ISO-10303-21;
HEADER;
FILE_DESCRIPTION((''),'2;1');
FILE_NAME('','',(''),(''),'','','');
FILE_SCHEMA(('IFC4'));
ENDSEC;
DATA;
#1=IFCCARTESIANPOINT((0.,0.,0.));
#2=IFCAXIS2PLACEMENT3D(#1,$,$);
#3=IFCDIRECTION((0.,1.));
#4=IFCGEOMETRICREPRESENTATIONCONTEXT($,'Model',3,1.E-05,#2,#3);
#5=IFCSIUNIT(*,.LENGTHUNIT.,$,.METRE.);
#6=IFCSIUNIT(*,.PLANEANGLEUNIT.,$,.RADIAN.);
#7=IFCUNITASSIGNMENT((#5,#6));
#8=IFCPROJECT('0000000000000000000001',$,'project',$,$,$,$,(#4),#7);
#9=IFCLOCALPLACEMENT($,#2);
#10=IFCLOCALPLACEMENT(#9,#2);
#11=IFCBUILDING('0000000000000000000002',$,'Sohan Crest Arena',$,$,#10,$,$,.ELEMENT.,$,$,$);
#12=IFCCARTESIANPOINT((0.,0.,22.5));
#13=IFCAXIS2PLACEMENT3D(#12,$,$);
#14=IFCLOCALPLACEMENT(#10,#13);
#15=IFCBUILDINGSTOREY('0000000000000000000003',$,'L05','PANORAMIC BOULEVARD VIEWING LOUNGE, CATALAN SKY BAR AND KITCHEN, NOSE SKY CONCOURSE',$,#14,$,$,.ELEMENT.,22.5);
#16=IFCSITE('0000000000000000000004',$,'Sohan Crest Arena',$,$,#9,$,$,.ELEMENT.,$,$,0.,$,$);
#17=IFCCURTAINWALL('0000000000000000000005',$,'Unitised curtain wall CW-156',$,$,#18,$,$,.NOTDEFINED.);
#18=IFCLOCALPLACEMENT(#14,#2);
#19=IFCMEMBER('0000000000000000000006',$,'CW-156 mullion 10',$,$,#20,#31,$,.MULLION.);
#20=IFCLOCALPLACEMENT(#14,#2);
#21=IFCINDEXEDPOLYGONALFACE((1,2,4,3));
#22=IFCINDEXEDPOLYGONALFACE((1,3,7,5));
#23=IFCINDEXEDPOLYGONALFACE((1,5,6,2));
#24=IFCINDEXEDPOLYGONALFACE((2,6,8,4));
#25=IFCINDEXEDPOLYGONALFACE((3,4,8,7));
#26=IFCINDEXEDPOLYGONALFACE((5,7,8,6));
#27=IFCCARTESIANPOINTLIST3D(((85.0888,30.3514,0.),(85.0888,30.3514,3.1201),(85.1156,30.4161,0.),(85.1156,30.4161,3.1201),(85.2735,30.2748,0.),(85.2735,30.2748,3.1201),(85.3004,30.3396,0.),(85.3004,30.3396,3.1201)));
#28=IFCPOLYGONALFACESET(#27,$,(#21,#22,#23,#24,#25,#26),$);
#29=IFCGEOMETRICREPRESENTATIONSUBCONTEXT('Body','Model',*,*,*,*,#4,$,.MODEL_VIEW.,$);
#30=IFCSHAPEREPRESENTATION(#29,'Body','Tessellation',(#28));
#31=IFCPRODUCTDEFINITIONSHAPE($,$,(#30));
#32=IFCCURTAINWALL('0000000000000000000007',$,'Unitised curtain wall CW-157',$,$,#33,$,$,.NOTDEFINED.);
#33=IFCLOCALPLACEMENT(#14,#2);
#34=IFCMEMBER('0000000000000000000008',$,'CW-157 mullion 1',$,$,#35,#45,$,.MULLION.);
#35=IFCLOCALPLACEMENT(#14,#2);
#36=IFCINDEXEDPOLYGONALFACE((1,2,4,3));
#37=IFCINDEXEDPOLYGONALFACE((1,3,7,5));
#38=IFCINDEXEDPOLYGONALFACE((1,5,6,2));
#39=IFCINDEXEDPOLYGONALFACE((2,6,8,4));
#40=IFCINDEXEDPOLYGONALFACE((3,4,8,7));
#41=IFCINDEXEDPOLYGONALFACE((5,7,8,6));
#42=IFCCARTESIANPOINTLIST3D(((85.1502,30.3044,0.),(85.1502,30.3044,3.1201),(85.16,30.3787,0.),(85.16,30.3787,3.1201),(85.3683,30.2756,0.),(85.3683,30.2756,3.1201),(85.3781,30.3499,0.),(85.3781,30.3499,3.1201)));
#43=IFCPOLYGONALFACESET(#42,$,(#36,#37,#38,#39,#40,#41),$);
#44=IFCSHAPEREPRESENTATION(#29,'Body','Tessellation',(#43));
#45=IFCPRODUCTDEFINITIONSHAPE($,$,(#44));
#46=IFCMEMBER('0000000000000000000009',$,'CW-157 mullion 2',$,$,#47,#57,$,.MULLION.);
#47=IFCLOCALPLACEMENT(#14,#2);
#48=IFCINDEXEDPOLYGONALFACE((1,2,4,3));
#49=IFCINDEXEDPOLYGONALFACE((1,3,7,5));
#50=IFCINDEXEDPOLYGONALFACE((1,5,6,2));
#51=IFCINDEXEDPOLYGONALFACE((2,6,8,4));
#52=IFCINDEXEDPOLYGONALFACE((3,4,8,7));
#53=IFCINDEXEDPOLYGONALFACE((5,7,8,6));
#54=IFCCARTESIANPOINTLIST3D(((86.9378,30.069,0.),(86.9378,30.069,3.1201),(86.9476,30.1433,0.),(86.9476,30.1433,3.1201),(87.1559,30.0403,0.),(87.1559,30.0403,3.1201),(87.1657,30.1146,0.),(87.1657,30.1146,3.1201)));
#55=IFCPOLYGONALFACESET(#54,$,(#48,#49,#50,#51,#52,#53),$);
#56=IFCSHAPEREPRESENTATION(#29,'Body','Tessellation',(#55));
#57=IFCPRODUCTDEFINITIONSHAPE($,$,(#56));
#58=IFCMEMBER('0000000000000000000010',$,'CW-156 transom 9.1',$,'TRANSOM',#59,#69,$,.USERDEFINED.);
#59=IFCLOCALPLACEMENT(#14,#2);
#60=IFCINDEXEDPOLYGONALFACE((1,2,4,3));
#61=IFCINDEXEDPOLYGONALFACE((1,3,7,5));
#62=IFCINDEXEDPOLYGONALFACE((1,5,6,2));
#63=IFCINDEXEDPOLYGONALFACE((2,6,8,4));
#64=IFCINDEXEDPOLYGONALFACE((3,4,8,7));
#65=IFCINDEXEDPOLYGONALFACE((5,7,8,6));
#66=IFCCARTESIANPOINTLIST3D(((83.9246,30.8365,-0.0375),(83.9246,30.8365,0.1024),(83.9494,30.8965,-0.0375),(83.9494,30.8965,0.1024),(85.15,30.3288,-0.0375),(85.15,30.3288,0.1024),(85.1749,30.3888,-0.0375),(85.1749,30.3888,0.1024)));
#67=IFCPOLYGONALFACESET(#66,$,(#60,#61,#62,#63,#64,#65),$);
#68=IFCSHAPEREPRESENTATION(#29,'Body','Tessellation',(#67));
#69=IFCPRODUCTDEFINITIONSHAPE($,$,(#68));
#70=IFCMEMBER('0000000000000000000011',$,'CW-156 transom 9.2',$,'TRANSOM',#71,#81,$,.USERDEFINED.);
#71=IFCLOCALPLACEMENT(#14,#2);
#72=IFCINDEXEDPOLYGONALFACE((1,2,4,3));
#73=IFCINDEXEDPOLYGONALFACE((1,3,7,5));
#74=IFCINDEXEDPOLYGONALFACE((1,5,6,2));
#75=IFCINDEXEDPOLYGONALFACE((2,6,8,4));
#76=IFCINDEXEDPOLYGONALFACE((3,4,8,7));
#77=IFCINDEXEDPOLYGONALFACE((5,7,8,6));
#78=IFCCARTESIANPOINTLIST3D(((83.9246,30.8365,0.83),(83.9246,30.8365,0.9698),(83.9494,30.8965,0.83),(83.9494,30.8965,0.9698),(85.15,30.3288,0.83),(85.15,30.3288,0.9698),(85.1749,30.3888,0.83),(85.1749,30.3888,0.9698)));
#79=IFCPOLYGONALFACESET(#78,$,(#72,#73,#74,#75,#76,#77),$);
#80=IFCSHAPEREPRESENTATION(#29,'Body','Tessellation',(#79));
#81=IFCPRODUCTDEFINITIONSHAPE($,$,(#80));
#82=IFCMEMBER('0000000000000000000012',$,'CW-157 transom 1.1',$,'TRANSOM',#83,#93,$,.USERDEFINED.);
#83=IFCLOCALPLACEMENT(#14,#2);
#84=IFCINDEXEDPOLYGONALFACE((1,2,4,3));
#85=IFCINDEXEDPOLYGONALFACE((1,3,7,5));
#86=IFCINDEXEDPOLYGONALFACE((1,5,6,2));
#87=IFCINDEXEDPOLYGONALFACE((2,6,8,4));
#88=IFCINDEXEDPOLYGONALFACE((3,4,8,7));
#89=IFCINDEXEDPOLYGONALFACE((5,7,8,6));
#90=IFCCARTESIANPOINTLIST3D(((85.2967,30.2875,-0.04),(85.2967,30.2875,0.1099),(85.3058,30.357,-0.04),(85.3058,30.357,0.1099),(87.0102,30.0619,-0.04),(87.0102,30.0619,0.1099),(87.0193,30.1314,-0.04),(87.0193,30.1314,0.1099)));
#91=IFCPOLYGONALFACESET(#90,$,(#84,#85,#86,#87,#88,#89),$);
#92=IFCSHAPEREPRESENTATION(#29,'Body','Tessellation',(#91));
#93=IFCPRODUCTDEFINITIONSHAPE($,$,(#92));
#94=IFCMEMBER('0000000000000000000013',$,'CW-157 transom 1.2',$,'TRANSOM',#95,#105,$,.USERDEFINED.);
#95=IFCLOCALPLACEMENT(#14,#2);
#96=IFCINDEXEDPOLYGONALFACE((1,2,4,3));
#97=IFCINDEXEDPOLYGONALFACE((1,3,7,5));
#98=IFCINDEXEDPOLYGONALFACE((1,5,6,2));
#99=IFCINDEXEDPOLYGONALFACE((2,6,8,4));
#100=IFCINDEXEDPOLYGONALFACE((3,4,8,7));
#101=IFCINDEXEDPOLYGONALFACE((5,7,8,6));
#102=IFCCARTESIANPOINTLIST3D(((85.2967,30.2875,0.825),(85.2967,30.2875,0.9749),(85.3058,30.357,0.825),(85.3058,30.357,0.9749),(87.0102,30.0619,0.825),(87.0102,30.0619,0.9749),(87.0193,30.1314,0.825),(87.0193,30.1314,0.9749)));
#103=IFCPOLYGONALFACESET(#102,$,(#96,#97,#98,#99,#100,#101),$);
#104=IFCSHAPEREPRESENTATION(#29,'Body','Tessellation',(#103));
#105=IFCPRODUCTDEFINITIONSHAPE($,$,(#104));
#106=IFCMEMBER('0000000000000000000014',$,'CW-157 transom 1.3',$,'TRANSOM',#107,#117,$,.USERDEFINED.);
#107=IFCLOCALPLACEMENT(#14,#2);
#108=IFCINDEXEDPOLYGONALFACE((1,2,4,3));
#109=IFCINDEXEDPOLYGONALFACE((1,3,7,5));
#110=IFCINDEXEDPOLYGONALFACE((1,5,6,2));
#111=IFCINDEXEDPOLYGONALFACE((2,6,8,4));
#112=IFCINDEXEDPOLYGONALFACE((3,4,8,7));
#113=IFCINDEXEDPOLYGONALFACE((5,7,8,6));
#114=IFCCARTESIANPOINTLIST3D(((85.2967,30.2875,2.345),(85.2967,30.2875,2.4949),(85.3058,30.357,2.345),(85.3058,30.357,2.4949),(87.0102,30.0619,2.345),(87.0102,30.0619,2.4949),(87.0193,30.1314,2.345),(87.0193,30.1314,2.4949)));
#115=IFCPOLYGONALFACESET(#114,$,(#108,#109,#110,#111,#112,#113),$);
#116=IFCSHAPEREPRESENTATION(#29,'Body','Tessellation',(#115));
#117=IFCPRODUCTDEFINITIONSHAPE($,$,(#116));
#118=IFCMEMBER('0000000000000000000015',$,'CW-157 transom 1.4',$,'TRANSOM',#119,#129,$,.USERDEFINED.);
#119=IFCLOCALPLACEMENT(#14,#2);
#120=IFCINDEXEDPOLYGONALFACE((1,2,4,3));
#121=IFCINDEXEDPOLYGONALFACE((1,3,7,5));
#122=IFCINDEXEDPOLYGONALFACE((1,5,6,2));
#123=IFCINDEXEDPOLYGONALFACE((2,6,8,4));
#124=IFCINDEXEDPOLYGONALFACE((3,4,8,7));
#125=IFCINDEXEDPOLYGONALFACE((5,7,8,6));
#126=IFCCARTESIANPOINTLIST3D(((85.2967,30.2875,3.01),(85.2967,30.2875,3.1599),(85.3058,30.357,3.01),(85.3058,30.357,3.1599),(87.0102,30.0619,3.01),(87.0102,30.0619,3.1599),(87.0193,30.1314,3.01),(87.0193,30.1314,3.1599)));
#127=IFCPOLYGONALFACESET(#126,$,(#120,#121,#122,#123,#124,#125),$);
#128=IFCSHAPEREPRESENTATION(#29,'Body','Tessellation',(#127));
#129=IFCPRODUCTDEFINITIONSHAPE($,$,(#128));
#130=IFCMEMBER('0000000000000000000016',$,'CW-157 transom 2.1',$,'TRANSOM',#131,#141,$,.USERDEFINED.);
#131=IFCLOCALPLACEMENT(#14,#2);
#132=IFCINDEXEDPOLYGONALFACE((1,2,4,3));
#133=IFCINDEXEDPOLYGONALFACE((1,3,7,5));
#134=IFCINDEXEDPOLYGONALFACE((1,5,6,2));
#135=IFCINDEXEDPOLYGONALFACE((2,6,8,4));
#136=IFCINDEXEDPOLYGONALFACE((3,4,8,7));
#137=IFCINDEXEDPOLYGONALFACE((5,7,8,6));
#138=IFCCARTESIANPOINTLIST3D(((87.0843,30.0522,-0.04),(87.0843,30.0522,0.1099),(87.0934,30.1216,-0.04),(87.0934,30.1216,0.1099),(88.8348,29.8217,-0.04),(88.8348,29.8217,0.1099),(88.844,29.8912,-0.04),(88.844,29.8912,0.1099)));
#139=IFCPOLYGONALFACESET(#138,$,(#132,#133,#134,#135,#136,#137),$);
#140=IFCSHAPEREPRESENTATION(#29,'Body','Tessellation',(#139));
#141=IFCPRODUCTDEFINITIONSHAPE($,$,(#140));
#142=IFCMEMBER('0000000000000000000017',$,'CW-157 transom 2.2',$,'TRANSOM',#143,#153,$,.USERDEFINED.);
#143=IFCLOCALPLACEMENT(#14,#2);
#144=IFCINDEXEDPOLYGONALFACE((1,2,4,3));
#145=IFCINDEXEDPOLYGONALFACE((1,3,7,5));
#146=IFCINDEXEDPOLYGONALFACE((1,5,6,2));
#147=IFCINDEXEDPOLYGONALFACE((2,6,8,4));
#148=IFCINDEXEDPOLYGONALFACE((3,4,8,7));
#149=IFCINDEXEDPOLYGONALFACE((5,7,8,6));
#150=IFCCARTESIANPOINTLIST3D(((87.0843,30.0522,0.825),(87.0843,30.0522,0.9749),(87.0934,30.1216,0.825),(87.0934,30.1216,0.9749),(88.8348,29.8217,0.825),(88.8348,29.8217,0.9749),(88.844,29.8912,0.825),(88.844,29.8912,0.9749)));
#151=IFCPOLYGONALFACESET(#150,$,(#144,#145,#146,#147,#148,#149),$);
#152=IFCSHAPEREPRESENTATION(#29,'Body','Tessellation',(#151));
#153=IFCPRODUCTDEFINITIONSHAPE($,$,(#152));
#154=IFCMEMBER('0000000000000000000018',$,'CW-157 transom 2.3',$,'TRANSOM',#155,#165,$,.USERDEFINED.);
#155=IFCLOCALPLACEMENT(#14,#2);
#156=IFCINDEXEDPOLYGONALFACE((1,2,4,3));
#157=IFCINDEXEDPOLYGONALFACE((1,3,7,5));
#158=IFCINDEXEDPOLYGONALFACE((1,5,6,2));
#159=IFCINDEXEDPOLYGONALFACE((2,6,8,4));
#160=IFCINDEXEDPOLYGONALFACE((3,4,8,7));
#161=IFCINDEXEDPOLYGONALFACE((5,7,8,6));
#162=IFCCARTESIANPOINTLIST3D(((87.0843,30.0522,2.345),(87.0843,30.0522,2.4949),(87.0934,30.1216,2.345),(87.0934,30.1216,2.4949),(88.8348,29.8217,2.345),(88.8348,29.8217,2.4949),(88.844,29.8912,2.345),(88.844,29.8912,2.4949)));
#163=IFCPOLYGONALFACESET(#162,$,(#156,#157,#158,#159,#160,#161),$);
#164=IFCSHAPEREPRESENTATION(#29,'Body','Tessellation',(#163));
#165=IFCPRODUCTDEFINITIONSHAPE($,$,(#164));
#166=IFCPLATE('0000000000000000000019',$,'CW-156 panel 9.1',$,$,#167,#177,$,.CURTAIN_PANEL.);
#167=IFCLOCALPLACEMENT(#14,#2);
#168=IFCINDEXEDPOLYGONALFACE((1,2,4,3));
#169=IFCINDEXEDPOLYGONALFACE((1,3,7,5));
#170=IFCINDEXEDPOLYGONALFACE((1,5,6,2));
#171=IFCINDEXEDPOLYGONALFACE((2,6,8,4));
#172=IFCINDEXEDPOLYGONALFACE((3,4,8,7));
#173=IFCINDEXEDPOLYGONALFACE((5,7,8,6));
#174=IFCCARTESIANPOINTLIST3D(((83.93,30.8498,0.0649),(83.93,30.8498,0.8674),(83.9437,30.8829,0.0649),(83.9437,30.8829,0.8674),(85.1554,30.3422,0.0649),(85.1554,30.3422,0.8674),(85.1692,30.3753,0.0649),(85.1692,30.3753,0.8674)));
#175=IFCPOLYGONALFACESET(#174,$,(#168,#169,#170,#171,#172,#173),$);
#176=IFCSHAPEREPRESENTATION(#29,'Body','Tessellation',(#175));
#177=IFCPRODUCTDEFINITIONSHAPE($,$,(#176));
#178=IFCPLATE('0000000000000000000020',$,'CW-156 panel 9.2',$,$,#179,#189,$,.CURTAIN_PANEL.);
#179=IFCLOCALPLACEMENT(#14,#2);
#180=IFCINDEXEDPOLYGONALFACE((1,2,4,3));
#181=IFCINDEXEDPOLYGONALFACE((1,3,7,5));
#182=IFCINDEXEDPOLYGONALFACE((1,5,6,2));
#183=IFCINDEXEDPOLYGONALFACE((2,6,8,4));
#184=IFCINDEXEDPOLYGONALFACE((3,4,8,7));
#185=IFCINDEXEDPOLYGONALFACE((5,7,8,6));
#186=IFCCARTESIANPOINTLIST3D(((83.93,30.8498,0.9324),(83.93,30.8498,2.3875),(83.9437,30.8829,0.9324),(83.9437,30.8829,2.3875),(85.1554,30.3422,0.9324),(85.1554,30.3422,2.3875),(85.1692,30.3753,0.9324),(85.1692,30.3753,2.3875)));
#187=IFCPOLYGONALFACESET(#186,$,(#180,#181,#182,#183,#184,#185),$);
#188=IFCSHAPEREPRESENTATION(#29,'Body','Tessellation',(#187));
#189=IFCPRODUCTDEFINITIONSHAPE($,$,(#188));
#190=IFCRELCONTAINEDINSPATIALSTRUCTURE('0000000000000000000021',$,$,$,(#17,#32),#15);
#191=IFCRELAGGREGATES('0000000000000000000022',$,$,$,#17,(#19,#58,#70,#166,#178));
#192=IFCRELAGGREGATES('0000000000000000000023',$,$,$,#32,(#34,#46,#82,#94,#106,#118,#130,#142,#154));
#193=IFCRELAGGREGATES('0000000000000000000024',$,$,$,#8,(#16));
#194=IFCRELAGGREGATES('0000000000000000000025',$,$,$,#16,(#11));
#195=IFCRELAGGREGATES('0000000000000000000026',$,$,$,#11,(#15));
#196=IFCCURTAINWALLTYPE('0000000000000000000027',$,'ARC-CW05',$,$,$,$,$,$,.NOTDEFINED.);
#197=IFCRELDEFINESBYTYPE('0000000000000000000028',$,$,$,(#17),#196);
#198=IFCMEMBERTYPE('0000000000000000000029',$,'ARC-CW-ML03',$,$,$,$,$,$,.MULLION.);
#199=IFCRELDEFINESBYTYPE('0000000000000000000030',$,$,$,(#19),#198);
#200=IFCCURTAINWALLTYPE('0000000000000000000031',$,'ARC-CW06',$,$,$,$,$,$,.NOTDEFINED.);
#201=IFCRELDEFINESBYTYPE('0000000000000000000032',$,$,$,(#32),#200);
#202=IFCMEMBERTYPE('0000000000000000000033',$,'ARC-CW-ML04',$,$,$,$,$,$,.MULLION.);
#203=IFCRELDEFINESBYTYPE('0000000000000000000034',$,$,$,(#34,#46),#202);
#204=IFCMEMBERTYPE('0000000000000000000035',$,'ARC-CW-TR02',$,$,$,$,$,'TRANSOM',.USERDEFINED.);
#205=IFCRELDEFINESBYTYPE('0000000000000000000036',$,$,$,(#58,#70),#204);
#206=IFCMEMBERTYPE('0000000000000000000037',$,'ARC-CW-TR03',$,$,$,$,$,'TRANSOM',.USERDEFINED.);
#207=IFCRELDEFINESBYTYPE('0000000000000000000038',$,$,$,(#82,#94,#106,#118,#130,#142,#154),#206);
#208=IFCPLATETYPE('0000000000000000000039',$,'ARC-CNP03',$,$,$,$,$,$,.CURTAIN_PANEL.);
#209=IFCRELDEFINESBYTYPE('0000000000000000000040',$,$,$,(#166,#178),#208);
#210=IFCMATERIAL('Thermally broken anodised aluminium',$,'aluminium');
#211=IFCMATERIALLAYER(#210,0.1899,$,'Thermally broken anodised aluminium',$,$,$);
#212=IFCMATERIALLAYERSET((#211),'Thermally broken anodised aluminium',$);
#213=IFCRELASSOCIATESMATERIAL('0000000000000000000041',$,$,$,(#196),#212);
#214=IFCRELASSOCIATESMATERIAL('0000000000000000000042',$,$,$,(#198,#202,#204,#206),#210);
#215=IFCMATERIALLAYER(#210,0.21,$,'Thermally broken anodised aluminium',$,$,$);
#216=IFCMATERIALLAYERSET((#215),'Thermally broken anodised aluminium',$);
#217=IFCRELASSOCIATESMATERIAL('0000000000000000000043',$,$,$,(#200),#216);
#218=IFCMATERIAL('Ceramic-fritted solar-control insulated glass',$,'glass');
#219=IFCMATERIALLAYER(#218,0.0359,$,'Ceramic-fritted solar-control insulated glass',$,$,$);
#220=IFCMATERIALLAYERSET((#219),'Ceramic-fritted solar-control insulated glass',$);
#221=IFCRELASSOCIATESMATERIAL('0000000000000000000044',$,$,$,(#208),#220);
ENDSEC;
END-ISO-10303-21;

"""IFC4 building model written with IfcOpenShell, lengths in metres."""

from ifc_helpers import new_model, si_unit, direction, frame, origin, origin_2d, place, context, subcontext, project, spatial, rectangle, extrude, material, layer, layer_set, material_profile, profile_set, type_object, element, aggregate, save


model = new_model("IFC4")

# Units and contexts
model_context = context("Model", 3, precision=1e-05, world=origin(), true_north=direction((0.0, 1.0)))
body_context = subcontext(model_context, "Body", "Model", "MODEL_VIEW")
ifc_project = project(units=[si_unit("LENGTHUNIT", "METRE"), si_unit("PLANEANGLEUNIT", "RADIAN")], contexts=[model_context])

# Site, building, storey
site_placement = place(None, origin())
site = spatial("IfcSite", under=ifc_project, at=site_placement, Name="Sohan Crest Arena", CompositionType="ELEMENT", RefElevation=0.0)
building_placement = place(site_placement, origin())
building = spatial("IfcBuilding", under=site, at=building_placement, Name="Sohan Crest Arena", CompositionType="ELEMENT")
storey_placement = place(building_placement, frame((0.0, 0.0, 22.5)))
storey = spatial("IfcBuildingStorey", under=building, at=storey_placement, Name="L05", Description="PANORAMIC BOULEVARD VIEWING LOUNGE, CATALAN SKY BAR AND KITCHEN, NOSE SKY CONCOURSE", CompositionType="ELEMENT", Elevation=22.5)

# Curtain wall, member
ifc_material_1 = material(Name="Thermally broken anodised aluminium", Category="aluminium")
ifc_layer_1 = layer(ifc_material_1, 0.1899, Name="Thermally broken anodised aluminium")
ifc_layer_set_1 = layer_set([ifc_layer_1], Name="Thermally broken anodised aluminium")
curtain_wall_type_1 = type_object("IfcCurtainWallType", Name="ARC-CW05", PredefinedType="NOTDEFINED", material=ifc_layer_set_1)
curtain_wall_1_placement = place(storey_placement, origin())
curtain_wall_1 = element("IfcCurtainWall", 1, at=curtain_wall_1_placement, inside=storey, type_object=curtain_wall_type_1, Name="Unitised curtain wall CW-156", PredefinedType="NOTDEFINED")
ifc_material_profile_1 = material_profile(ifc_material_1, rectangle(XDim=0.0701, YDim=0.2, at=origin_2d()), Name="ALU-MULL 70x200")
ifc_profile_set_1 = profile_set([ifc_material_profile_1], Name="Thermally broken anodised aluminium")
member_type_1 = type_object("IfcMemberType", Name="ARC-CW-ML03", PredefinedType="MULLION", material=ifc_profile_set_1)
member_1_placement = place(storey_placement, frame((85.1946, 30.3455, 0.0), z_axis=(0.0, 0.0, 1.0), x_axis=(0.382685, 0.923879, 0.0)))
member_1 = element("IfcMember", 2, at=member_1_placement, type_object=member_type_1, Name="CW-156 mullion 10", PredefinedType="MULLION", context=body_context, shape_type="SweptSolid", body=[
    extrude(rectangle(XDim=0.0701, YDim=0.2, at=origin_2d()), origin(), (0.0, 0.0, 1.0), 3.1201),
])

# Curtain wall, members
ifc_layer_2 = layer(ifc_material_1, 0.21, Name="Thermally broken anodised aluminium")
ifc_layer_set_2 = layer_set([ifc_layer_2], Name="Thermally broken anodised aluminium")
curtain_wall_type_2 = type_object("IfcCurtainWallType", Name="ARC-CW06", PredefinedType="NOTDEFINED", material=ifc_layer_set_2)
curtain_wall_2_placement = place(storey_placement, origin())
curtain_wall_2 = element("IfcCurtainWall", 3, at=curtain_wall_2_placement, inside=storey, type_object=curtain_wall_type_2, Name="Unitised curtain wall CW-157", PredefinedType="NOTDEFINED")
ifc_material_profile_2 = material_profile(ifc_material_1, rectangle(XDim=0.075, YDim=0.22, at=origin_2d()), Name="ALU-MULL 75x220")
ifc_profile_set_2 = profile_set([ifc_material_profile_2], Name="Thermally broken anodised aluminium")
member_type_2 = type_object("IfcMemberType", Name="ARC-CW-ML04", PredefinedType="MULLION", material=ifc_profile_set_2)
member_2_placement = place(storey_placement, frame((85.2642, 30.3271, 0.0), z_axis=(0.0, 0.0, 1.0), x_axis=(0.130557, 0.991441, 0.0)))
member_2 = element("IfcMember", 4, at=member_2_placement, type_object=member_type_2, Name="CW-157 mullion 1", PredefinedType="MULLION", context=body_context, shape_type="SweptSolid", body=[
    extrude(rectangle(XDim=0.075, YDim=0.22, at=origin_2d()), origin(), (0.0, 0.0, 1.0), 3.1201),
])
member_3_placement = place(storey_placement, frame((87.0518, 30.0918, 0.0), z_axis=(0.0, 0.0, 1.0), x_axis=(0.130557, 0.991441, 0.0)))
member_3 = element("IfcMember", 5, at=member_3_placement, type_object=member_type_2, Name="CW-157 mullion 2", PredefinedType="MULLION", context=body_context, shape_type="SweptSolid", body=[
    extrude(rectangle(XDim=0.075, YDim=0.22, at=origin_2d()), origin(), (0.0, 0.0, 1.0), 3.1201),
])

# Members
ifc_material_profile_3 = material_profile(ifc_material_1, rectangle(XDim=0.0649, YDim=0.1399, at=origin_2d()), Name="ALU-TRAN 65x140")
ifc_profile_set_3 = profile_set([ifc_material_profile_3], Name="Thermally broken anodised aluminium")
member_type_3 = type_object("IfcMemberType", Name="ARC-CW-TR02", ElementType="TRANSOM", PredefinedType="USERDEFINED", material=ifc_profile_set_3)
member_4_placement = place(storey_placement, frame((83.937, 30.8665, 0.0325), z_axis=(0.923875, -0.382693, 0.0), x_axis=(0.382693, 0.923875, 0.0)))
member_4 = element("IfcMember", 6, at=member_4_placement, type_object=member_type_3, Name="CW-156 transom 9.1", ObjectType="TRANSOM", PredefinedType="USERDEFINED", context=body_context, shape_type="SweptSolid", body=[
    extrude(rectangle(XDim=0.0649, YDim=0.1399, at=origin_2d()), origin(), (0.0, 0.0, 1.0), 1.3264),
])
member_5_placement = place(storey_placement, frame((83.937, 30.8665, 0.8999), z_axis=(0.923875, -0.382693, 0.0), x_axis=(0.382693, 0.923875, 0.0)))
member_5 = element("IfcMember", 7, at=member_5_placement, type_object=member_type_3, Name="CW-156 transom 9.2", ObjectType="TRANSOM", PredefinedType="USERDEFINED", context=body_context, shape_type="SweptSolid", body=[
    extrude(rectangle(XDim=0.0649, YDim=0.1399, at=origin_2d()), origin(), (0.0, 0.0, 1.0), 1.3264),
])
ifc_material_profile_4 = material_profile(ifc_material_1, rectangle(XDim=0.0701, YDim=0.1499, at=origin_2d()), Name="ALU-TRAN 70x150")
ifc_profile_set_4 = profile_set([ifc_material_profile_4], Name="Thermally broken anodised aluminium")
member_type_4 = type_object("IfcMemberType", Name="ARC-CW-TR03", ElementType="TRANSOM", PredefinedType="USERDEFINED", material=ifc_profile_set_4)
member_6_placement = place(storey_placement, frame((85.3013, 30.3223, 0.0349), z_axis=(0.991444, -0.130535, 0.0), x_axis=(0.130535, 0.991444, 0.0)))
member_6 = element("IfcMember", 8, at=member_6_placement, type_object=member_type_4, Name="CW-157 transom 1.1", ObjectType="TRANSOM", PredefinedType="USERDEFINED", context=body_context, shape_type="SweptSolid", body=[
    extrude(rectangle(XDim=0.0701, YDim=0.1499, at=origin_2d()), origin(), (0.0, 0.0, 1.0), 1.7283),
])
member_7_placement = place(storey_placement, frame((85.3013, 30.3223, 0.8999), z_axis=(0.991444, -0.130535, 0.0), x_axis=(0.130535, 0.991444, 0.0)))
member_7 = element("IfcMember", 9, at=member_7_placement, type_object=member_type_4, Name="CW-157 transom 1.2", ObjectType="TRANSOM", PredefinedType="USERDEFINED", context=body_context, shape_type="SweptSolid", body=[
    extrude(rectangle(XDim=0.0701, YDim=0.1499, at=origin_2d()), origin(), (0.0, 0.0, 1.0), 1.7283),
])
member_8_placement = place(storey_placement, frame((85.3013, 30.3223, 2.4199), z_axis=(0.991444, -0.130535, 0.0), x_axis=(0.130535, 0.991444, 0.0)))
member_8 = element("IfcMember", 10, at=member_8_placement, type_object=member_type_4, Name="CW-157 transom 1.3", ObjectType="TRANSOM", PredefinedType="USERDEFINED", context=body_context, shape_type="SweptSolid", body=[
    extrude(rectangle(XDim=0.0701, YDim=0.1499, at=origin_2d()), origin(), (0.0, 0.0, 1.0), 1.7283),
])
member_9_placement = place(storey_placement, frame((85.3013, 30.3223, 3.085), z_axis=(0.991444, -0.130535, 0.0), x_axis=(0.130535, 0.991444, 0.0)))
member_9 = element("IfcMember", 11, at=member_9_placement, type_object=member_type_4, Name="CW-157 transom 1.4", ObjectType="TRANSOM", PredefinedType="USERDEFINED", context=body_context, shape_type="SweptSolid", body=[
    extrude(rectangle(XDim=0.0701, YDim=0.1499, at=origin_2d()), origin(), (0.0, 0.0, 1.0), 1.7283),
])
member_10_placement = place(storey_placement, frame((87.0889, 30.0869, 0.0349), z_axis=(0.991444, -0.130533, 0.0), x_axis=(0.130533, 0.991444, 0.0)))
member_10 = element("IfcMember", 12, at=member_10_placement, type_object=member_type_4, Name="CW-157 transom 2.1", ObjectType="TRANSOM", PredefinedType="USERDEFINED", context=body_context, shape_type="SweptSolid", body=[
    extrude(rectangle(XDim=0.0701, YDim=0.1499, at=origin_2d()), origin(), (0.0, 0.0, 1.0), 1.7656),
])
member_11_placement = place(storey_placement, frame((87.0889, 30.0869, 0.8999), z_axis=(0.991444, -0.130533, 0.0), x_axis=(0.130533, 0.991444, 0.0)))
member_11 = element("IfcMember", 13, at=member_11_placement, type_object=member_type_4, Name="CW-157 transom 2.2", ObjectType="TRANSOM", PredefinedType="USERDEFINED", context=body_context, shape_type="SweptSolid", body=[
    extrude(rectangle(XDim=0.0701, YDim=0.1499, at=origin_2d()), origin(), (0.0, 0.0, 1.0), 1.7656),
])
member_12_placement = place(storey_placement, frame((87.0889, 30.0869, 2.4199), z_axis=(0.991444, -0.130533, 0.0), x_axis=(0.130533, 0.991444, 0.0)))
member_12 = element("IfcMember", 14, at=member_12_placement, type_object=member_type_4, Name="CW-157 transom 2.3", ObjectType="TRANSOM", PredefinedType="USERDEFINED", context=body_context, shape_type="SweptSolid", body=[
    extrude(rectangle(XDim=0.0701, YDim=0.1499, at=origin_2d()), origin(), (0.0, 0.0, 1.0), 1.7656),
])

# Plates
ifc_material_2 = material(Name="Ceramic-fritted solar-control insulated glass", Category="glass")
ifc_layer_3 = layer(ifc_material_2, 0.0359, Name="Ceramic-fritted solar-control insulated glass")
ifc_layer_set_3 = layer_set([ifc_layer_3], Name="Ceramic-fritted solar-control insulated glass")
plate_type_1 = type_object("IfcPlateType", Name="ARC-CNP03", PredefinedType="CURTAIN_PANEL", material=ifc_layer_set_3)
plate_1_placement = place(storey_placement, frame((84.5496, 30.6125, 0.0649), z_axis=(0.0, 0.0, 1.0), x_axis=(0.923879, -0.382685, 0.0)))
plate_1 = element("IfcPlate", 15, at=plate_1_placement, type_object=plate_type_1, Name="CW-156 panel 9.1", PredefinedType="CURTAIN_PANEL", context=body_context, shape_type="SweptSolid", body=[
    extrude(rectangle(XDim=1.3264, YDim=0.0359, at=origin_2d()), origin(), (0.0, 0.0, 1.0), 0.8025),
])
plate_2_placement = place(storey_placement, frame((84.5496, 30.6125, 0.9324), z_axis=(0.0, 0.0, 1.0), x_axis=(0.923879, -0.382685, 0.0)))
plate_2 = element("IfcPlate", 16, at=plate_2_placement, type_object=plate_type_1, Name="CW-156 panel 9.2", PredefinedType="CURTAIN_PANEL", context=body_context, shape_type="SweptSolid", body=[
    extrude(rectangle(XDim=1.3264, YDim=0.0359, at=origin_2d()), origin(), (0.0, 0.0, 1.0), 1.4551),
])
aggregate(curtain_wall_1, [member_1, member_4, member_5, plate_1, plate_2])
aggregate(curtain_wall_2, [member_2, member_3, member_6, member_7, member_8, member_9, member_10, member_11, member_12])

save(model, "model.ifc")
